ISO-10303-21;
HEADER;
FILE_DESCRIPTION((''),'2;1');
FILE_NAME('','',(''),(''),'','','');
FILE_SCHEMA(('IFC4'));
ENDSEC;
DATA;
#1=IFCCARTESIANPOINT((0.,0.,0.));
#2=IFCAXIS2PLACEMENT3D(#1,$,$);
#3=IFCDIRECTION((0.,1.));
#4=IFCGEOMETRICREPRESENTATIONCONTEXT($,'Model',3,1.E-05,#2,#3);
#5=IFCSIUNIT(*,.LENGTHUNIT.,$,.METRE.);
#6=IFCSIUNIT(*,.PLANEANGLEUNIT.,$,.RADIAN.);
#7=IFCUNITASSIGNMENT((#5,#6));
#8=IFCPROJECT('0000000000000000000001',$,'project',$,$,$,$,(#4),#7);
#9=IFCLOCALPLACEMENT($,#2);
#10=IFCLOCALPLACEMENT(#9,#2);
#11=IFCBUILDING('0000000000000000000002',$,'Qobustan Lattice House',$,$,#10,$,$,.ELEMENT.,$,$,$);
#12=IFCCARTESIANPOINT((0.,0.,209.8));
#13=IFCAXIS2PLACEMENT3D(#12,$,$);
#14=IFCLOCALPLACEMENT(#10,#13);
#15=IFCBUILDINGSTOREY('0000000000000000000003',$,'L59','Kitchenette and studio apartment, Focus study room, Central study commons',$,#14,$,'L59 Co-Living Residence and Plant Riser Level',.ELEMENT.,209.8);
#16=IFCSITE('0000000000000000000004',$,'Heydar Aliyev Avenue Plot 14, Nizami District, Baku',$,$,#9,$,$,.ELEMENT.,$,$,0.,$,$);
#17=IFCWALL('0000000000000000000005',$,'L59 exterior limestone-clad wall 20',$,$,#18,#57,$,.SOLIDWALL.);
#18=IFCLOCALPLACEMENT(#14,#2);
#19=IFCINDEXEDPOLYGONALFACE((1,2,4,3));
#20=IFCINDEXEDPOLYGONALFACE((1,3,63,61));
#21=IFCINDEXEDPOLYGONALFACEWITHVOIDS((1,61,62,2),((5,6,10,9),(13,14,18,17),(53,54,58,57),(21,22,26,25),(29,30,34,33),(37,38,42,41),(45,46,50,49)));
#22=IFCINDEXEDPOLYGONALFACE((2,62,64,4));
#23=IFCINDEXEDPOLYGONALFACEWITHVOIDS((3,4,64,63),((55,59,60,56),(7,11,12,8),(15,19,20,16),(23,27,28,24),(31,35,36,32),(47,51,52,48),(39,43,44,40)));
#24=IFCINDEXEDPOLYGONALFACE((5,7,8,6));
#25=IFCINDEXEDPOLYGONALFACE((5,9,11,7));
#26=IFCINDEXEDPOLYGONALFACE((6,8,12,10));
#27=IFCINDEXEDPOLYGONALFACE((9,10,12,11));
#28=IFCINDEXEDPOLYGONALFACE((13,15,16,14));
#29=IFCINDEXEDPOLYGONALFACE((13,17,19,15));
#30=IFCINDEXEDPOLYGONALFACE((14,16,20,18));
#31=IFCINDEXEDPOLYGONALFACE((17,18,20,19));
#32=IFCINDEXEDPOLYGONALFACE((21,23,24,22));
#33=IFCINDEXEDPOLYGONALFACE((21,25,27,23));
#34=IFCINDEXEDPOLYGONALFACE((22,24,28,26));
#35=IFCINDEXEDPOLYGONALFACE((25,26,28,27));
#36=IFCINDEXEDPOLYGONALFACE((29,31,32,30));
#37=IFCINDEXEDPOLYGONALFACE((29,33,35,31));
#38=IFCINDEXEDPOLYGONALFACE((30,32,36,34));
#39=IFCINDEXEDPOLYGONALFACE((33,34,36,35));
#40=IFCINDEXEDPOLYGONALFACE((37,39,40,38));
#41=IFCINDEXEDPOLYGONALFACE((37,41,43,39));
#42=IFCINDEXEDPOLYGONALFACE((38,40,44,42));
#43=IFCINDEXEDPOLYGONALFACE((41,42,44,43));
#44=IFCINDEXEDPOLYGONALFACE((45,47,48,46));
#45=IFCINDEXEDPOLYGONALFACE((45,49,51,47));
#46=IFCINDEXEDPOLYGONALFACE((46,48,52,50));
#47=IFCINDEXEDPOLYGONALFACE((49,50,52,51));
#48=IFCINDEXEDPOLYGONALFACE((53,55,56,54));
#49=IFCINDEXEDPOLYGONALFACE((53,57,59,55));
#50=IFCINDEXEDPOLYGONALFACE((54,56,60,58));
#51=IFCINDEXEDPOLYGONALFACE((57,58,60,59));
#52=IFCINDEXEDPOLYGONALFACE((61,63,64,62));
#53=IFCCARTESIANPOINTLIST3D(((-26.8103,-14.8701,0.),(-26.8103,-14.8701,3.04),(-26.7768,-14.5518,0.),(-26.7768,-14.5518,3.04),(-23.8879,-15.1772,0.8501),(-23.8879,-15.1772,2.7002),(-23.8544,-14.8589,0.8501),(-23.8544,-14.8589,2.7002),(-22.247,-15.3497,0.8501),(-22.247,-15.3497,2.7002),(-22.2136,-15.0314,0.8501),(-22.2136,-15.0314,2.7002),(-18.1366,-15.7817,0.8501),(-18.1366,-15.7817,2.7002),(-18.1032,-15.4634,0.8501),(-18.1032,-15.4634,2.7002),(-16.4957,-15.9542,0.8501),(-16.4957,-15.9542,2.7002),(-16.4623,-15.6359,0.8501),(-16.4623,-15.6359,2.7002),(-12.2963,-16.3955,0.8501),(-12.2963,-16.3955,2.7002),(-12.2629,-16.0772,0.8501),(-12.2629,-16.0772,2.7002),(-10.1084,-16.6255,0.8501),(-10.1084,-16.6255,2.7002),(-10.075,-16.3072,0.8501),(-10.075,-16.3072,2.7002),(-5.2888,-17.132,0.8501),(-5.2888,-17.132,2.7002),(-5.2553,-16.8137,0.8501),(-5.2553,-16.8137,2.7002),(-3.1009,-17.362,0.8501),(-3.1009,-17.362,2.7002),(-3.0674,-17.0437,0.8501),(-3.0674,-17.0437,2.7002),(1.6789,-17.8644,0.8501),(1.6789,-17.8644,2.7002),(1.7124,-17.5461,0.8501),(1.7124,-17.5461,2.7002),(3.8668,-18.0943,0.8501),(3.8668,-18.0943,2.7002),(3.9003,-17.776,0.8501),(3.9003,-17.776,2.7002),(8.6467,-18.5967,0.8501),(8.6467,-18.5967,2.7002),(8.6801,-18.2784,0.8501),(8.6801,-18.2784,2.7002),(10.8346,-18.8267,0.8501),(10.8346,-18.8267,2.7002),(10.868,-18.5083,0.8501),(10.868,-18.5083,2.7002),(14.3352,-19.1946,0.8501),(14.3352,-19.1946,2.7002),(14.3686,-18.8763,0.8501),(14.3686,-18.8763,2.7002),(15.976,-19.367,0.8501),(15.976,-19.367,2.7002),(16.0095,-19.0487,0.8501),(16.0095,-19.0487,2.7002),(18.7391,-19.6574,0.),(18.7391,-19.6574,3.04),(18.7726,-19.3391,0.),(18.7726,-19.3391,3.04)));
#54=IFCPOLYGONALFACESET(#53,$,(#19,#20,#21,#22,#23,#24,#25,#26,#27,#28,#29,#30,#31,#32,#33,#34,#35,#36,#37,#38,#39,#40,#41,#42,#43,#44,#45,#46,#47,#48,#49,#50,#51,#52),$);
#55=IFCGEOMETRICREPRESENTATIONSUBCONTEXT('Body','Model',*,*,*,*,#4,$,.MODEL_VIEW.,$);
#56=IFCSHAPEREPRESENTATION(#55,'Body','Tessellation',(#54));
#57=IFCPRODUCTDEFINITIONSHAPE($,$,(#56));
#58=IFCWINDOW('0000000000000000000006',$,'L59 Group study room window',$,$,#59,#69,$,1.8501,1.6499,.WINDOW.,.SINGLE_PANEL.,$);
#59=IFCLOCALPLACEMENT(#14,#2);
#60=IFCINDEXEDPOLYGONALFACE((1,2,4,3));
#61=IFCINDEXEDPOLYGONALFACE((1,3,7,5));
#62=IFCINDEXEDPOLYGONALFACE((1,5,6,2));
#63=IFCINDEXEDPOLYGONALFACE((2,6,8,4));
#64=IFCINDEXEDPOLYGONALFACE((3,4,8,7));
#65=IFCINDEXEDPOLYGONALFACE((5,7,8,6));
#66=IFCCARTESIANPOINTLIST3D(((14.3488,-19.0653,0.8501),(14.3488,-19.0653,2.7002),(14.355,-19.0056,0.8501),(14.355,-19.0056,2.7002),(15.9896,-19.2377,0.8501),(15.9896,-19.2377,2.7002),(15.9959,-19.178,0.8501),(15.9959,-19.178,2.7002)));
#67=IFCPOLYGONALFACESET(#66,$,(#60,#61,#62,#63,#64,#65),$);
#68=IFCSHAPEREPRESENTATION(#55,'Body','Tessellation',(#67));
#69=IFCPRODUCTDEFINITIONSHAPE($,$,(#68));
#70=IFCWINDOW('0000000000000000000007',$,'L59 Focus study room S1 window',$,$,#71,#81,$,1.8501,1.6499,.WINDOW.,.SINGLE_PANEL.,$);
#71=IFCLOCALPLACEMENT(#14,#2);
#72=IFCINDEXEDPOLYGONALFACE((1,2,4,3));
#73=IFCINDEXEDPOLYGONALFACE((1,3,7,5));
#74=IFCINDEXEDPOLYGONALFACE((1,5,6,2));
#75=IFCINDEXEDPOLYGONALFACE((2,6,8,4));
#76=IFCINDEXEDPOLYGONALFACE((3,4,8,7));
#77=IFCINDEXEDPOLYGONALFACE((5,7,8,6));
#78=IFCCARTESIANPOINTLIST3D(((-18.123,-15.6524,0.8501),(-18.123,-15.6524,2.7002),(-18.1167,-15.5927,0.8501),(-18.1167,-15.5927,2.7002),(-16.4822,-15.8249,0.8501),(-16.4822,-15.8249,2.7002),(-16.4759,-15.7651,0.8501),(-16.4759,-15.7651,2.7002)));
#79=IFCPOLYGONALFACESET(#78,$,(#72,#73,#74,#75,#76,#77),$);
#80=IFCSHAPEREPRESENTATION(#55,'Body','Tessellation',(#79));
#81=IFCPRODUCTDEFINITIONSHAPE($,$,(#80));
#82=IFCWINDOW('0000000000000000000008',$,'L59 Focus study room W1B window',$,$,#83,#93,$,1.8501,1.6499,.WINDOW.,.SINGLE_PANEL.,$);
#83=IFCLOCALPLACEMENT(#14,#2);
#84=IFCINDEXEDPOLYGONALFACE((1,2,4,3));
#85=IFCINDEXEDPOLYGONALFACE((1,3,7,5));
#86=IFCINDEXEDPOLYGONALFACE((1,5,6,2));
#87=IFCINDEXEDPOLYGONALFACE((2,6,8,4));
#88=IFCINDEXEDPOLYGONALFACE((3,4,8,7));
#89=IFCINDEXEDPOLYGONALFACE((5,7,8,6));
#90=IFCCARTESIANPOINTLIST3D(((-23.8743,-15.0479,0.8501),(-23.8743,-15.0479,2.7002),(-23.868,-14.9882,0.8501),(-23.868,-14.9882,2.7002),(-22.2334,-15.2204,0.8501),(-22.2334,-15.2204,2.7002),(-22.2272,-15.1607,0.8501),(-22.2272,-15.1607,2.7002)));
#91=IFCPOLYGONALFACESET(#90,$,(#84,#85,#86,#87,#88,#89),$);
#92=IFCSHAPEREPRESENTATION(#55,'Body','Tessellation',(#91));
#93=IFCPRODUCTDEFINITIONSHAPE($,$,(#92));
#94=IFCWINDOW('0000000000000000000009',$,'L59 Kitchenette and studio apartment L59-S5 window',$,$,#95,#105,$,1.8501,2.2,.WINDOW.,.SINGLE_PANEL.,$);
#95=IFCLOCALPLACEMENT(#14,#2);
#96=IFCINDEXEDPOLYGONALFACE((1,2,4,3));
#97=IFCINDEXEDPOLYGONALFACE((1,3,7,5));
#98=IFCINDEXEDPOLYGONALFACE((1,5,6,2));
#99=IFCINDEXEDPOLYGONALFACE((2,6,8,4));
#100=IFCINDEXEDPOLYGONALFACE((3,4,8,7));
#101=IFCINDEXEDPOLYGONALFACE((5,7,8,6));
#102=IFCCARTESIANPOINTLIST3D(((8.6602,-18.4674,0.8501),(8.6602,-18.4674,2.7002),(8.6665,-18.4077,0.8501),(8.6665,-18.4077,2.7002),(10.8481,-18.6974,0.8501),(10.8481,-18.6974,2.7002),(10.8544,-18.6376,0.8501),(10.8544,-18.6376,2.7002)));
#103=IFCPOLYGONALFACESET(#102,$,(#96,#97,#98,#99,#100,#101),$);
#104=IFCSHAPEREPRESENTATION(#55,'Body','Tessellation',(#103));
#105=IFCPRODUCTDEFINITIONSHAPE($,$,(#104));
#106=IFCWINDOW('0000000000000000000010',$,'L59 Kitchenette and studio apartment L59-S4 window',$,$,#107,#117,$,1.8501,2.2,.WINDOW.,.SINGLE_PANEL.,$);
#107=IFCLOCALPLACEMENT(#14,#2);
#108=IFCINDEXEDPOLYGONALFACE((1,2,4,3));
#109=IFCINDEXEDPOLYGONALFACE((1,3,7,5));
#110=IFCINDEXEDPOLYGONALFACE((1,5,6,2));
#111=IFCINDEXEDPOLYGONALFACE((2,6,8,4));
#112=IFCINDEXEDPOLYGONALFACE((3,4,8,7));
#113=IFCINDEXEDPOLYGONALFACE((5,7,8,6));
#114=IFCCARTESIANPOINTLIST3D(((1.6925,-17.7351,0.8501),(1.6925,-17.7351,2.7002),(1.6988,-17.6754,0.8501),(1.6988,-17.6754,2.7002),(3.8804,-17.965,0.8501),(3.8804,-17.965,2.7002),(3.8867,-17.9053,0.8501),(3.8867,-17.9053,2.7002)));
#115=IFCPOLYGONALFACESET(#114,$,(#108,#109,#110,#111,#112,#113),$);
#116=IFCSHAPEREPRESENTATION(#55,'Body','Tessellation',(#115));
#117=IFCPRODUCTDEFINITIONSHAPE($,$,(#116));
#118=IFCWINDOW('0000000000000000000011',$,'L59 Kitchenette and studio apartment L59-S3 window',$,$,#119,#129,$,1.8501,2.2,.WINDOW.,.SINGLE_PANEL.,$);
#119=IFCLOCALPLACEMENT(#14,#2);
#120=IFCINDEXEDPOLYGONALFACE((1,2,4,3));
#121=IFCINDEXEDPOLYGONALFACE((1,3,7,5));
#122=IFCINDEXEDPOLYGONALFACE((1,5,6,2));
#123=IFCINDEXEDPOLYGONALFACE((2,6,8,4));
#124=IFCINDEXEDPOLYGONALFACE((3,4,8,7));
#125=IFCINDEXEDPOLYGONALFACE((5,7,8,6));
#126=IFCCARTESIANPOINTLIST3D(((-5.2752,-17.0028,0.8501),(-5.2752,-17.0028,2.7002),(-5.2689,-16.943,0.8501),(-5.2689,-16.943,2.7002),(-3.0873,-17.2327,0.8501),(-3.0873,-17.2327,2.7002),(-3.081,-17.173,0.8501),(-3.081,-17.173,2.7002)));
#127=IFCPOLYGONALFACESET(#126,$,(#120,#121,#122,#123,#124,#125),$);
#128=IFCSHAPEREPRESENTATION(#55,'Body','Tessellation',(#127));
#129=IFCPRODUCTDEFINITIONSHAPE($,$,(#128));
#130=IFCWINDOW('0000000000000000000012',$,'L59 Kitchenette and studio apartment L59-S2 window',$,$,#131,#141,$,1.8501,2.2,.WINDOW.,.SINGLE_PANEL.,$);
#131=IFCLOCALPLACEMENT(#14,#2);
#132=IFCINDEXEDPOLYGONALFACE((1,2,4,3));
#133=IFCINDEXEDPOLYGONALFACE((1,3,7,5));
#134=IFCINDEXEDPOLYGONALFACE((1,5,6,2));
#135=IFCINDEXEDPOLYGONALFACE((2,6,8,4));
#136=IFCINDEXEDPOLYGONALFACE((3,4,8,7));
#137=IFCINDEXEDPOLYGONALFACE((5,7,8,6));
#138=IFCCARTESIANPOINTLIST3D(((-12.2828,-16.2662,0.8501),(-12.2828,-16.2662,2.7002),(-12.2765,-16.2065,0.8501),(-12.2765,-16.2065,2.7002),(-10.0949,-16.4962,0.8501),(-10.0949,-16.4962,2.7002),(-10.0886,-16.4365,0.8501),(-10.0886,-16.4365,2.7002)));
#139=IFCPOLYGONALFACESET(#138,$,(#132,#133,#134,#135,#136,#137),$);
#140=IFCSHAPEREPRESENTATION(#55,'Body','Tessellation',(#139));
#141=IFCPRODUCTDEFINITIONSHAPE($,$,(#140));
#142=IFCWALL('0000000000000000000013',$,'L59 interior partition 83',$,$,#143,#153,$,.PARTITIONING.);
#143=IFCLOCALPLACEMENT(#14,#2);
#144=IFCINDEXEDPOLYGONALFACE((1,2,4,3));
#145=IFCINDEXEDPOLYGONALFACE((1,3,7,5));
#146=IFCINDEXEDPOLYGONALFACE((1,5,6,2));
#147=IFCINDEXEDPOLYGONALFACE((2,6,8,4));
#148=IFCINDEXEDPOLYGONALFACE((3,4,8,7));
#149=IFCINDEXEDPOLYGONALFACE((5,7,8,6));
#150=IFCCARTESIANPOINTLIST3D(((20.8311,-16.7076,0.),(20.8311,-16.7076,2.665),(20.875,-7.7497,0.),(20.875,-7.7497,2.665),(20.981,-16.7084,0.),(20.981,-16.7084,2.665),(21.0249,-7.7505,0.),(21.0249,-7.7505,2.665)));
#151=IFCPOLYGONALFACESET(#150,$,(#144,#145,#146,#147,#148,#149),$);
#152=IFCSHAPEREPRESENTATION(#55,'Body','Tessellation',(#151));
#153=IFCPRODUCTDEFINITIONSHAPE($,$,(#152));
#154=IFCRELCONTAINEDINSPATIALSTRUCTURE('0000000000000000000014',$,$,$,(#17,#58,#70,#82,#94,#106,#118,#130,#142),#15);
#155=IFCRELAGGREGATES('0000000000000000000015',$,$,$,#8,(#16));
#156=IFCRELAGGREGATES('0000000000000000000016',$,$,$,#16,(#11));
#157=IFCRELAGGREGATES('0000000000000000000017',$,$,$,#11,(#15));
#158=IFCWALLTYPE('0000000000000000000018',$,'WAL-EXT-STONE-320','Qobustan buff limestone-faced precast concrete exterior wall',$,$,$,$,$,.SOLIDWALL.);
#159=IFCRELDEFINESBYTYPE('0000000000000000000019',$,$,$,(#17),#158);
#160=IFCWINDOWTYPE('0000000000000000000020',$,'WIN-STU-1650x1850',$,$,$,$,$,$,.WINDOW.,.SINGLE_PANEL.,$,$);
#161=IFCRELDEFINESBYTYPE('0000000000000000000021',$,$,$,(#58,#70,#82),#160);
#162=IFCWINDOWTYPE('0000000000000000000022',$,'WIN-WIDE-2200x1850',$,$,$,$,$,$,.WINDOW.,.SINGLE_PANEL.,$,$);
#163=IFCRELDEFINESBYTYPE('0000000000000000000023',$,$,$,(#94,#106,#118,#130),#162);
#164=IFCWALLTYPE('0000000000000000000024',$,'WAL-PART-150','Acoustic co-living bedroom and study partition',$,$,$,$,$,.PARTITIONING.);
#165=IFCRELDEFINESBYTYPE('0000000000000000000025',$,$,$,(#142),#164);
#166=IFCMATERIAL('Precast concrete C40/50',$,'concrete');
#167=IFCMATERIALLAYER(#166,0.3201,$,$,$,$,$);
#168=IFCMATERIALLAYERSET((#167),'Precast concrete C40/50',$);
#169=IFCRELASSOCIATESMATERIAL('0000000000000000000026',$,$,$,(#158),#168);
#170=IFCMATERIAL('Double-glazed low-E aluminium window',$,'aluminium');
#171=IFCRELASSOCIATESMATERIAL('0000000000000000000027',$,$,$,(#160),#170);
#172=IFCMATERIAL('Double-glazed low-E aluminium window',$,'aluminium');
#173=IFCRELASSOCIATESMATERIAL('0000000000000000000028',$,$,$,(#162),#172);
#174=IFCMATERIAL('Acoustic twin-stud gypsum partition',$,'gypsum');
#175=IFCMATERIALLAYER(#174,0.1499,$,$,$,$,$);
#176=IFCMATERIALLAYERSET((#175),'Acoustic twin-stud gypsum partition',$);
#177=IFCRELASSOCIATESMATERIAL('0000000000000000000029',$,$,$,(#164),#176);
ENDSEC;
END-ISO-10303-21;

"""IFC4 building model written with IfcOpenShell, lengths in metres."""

from ifc_helpers import new_model, si_unit, direction, frame, frame_2d, origin, place, context, subcontext, project, spatial, rectangle, extrude, material, layer, layer_set, type_object, element, fill, save


model = new_model("IFC4")

# Units and contexts
model_context = context("Model", 3, precision=1e-05, world=origin(), true_north=direction((0.0, 1.0)))
body_context = subcontext(model_context, "Body", "Model", "MODEL_VIEW")
ifc_project = project(units=[si_unit("LENGTHUNIT", "METRE"), si_unit("PLANEANGLEUNIT", "RADIAN")], contexts=[model_context])

# Site, building, storey
site_placement = place(None, origin())
site = spatial("IfcSite", under=ifc_project, at=site_placement, Name="Heydar Aliyev Avenue Plot 14, Nizami District, Baku", CompositionType="ELEMENT", RefElevation=0.0)
building_placement = place(site_placement, origin())
building = spatial("IfcBuilding", under=site, at=building_placement, Name="Qobustan Lattice House", CompositionType="ELEMENT")
storey_placement = place(building_placement, frame((0.0, 0.0, 209.8)))
storey = spatial("IfcBuildingStorey", under=building, at=storey_placement, Name="L59", Description="Kitchenette and studio apartment, Focus study room, Central study commons", LongName="L59 Co-Living Residence and Plant Riser Level", CompositionType="ELEMENT", Elevation=209.8)

# Shared definitions
ifc_material_1 = material(Name="Precast concrete C40/50", Category="concrete")
ifc_layer_1 = layer(ifc_material_1, 0.3201)
ifc_layer_set_1 = layer_set([ifc_layer_1], Name="Precast concrete C40/50")
wall_type_1 = type_object("IfcWallType", Name="WAL-EXT-STONE-320", Description="Qobustan buff limestone-faced precast concrete exterior wall", PredefinedType="SOLIDWALL", material=ifc_layer_set_1)

# Wall, openings, windows
wall_1_placement = place(storey_placement, frame((18.7559, -19.4983, 0.0), z_axis=(0.0, 0.0, 1.0), x_axis=(-0.994522, 0.104527, 0.0)))
wall_1 = element("IfcWall", 1, at=wall_1_placement, inside=storey, type_object=wall_type_1, Name="L59 exterior limestone-clad wall 20", PredefinedType="SOLIDWALL", context=body_context, shape_type="SweptSolid", body=[
    extrude(rectangle(XDim=45.8003, YDim=0.3201, at=frame_2d((22.9001, 0.0))), origin(), (0.0, 0.0, 1.0), 3.04),
])
opening_1_placement = place(wall_1_placement, frame((2.7783, 0.0, 0.8501)))
opening_1 = element("IfcOpeningElement", 2, at=opening_1_placement, cuts=wall_1, PredefinedType="OPENING", context=body_context, shape_type="SweptSolid", body=[
    extrude(rectangle(XDim=1.6499, YDim=1.8501, at=frame_2d((0.825, 0.925))), frame((0.0, 0.1699, 0.0), z_axis=(0.0, -1.0, 0.0), x_axis=(1.0, 0.0, 0.0)), (0.0, 0.0, 1.0), 0.3401),
])
opening_2_placement = place(wall_1_placement, frame((7.948, 0.0, 0.8501)))
opening_2 = element("IfcOpeningElement", 3, at=opening_2_placement, cuts=wall_1, PredefinedType="OPENING", context=body_context, shape_type="SweptSolid", body=[
    extrude(rectangle(XDim=2.2, YDim=1.8501, at=frame_2d((1.1001, 0.925))), frame((0.0, 0.1699, 0.0), z_axis=(0.0, -1.0, 0.0), x_axis=(1.0, 0.0, 0.0)), (0.0, 0.0, 1.0), 0.3401),
])
opening_3_placement = place(wall_1_placement, frame((14.9541, 0.0, 0.8501)))
opening_3 = element("IfcOpeningElement", 4, at=opening_3_placement, cuts=wall_1, PredefinedType="OPENING", context=body_context, shape_type="SweptSolid", body=[
    extrude(rectangle(XDim=2.2, YDim=1.8501, at=frame_2d((1.1001, 0.925))), frame((0.0, 0.1699, 0.0), z_axis=(0.0, -1.0, 0.0), x_axis=(1.0, 0.0, 0.0)), (0.0, 0.0, 1.0), 0.3401),
])
opening_4_placement = place(wall_1_placement, frame((21.9602, 0.0, 0.8501)))
opening_4 = element("IfcOpeningElement", 5, at=opening_4_placement, cuts=wall_1, PredefinedType="OPENING", context=body_context, shape_type="SweptSolid", body=[
    extrude(rectangle(XDim=2.2, YDim=1.8501, at=frame_2d((1.1001, 0.925))), frame((0.0, 0.1699, 0.0), z_axis=(0.0, -1.0, 0.0), x_axis=(1.0, 0.0, 0.0)), (0.0, 0.0, 1.0), 0.3401),
])
opening_5_placement = place(wall_1_placement, frame((29.0063, 0.0, 0.8501)))
opening_5 = element("IfcOpeningElement", 6, at=opening_5_placement, cuts=wall_1, PredefinedType="OPENING", context=body_context, shape_type="SweptSolid", body=[
    extrude(rectangle(XDim=2.2, YDim=1.8501, at=frame_2d((1.1001, 0.925))), frame((0.0, 0.1699, 0.0), z_axis=(0.0, -1.0, 0.0), x_axis=(1.0, 0.0, 0.0)), (0.0, 0.0, 1.0), 0.3401),
])
opening_6_placement = place(wall_1_placement, frame((35.429, 0.0, 0.8501)))
opening_6 = element("IfcOpeningElement", 7, at=opening_6_placement, cuts=wall_1, PredefinedType="OPENING", context=body_context, shape_type="SweptSolid", body=[
    extrude(rectangle(XDim=1.6499, YDim=1.8501, at=frame_2d((0.825, 0.925))), frame((0.0, 0.1699, 0.0), z_axis=(0.0, -1.0, 0.0), x_axis=(1.0, 0.0, 0.0)), (0.0, 0.0, 1.0), 0.3401),
])
opening_7_placement = place(wall_1_placement, frame((41.2119, 0.0, 0.8501)))
opening_7 = element("IfcOpeningElement", 8, at=opening_7_placement, cuts=wall_1, PredefinedType="OPENING", context=body_context, shape_type="SweptSolid", body=[
    extrude(rectangle(XDim=1.6499, YDim=1.8501, at=frame_2d((0.825, 0.925))), frame((0.0, 0.1699, 0.0), z_axis=(0.0, -1.0, 0.0), x_axis=(1.0, 0.0, 0.0)), (0.0, 0.0, 1.0), 0.3401),
])
ifc_material_2 = material(Name="Double-glazed low-E aluminium window", Category="aluminium")
window_type_1 = type_object("IfcWindowType", Name="WIN-STU-1650x1850", PartitioningType="SINGLE_PANEL", PredefinedType="WINDOW", material=ifc_material_2)
window_1_placement = place(opening_1_placement, origin())
window_1 = element("IfcWindow", 9, at=window_1_placement, inside=storey, type_object=window_type_1, Name="L59 Group study room window", OverallHeight=1.8501, OverallWidth=1.6499, PartitioningType="SINGLE_PANEL", PredefinedType="WINDOW", context=body_context, shape_type="SweptSolid", body=[
    extrude(rectangle(XDim=1.6499, YDim=1.8501, at=frame_2d((0.825, 0.925))), frame((0.0, 0.03, 0.0), z_axis=(0.0, -1.0, 0.0), x_axis=(1.0, 0.0, 0.0)), (0.0, 0.0, 1.0), 0.0601),
])
fill(opening_1, window_1)
window_2_placement = place(opening_6_placement, origin())
window_2 = element("IfcWindow", 10, at=window_2_placement, inside=storey, type_object=window_type_1, Name="L59 Focus study room S1 window", OverallHeight=1.8501, OverallWidth=1.6499, PartitioningType="SINGLE_PANEL", PredefinedType="WINDOW", context=body_context, shape_type="SweptSolid", body=[
    extrude(rectangle(XDim=1.6499, YDim=1.8501, at=frame_2d((0.825, 0.925))), frame((0.0, 0.03, 0.0), z_axis=(0.0, -1.0, 0.0), x_axis=(1.0, 0.0, 0.0)), (0.0, 0.0, 1.0), 0.0601),
])
fill(opening_6, window_2)
window_3_placement = place(opening_7_placement, origin())
window_3 = element("IfcWindow", 11, at=window_3_placement, inside=storey, type_object=window_type_1, Name="L59 Focus study room W1B window", OverallHeight=1.8501, OverallWidth=1.6499, PartitioningType="SINGLE_PANEL", PredefinedType="WINDOW", context=body_context, shape_type="SweptSolid", body=[
    extrude(rectangle(XDim=1.6499, YDim=1.8501, at=frame_2d((0.825, 0.925))), frame((0.0, 0.03, 0.0), z_axis=(0.0, -1.0, 0.0), x_axis=(1.0, 0.0, 0.0)), (0.0, 0.0, 1.0), 0.0601),
])
fill(opening_7, window_3)
ifc_material_3 = material(Name="Double-glazed low-E aluminium window", Category="aluminium")
window_type_2 = type_object("IfcWindowType", Name="WIN-WIDE-2200x1850", PartitioningType="SINGLE_PANEL", PredefinedType="WINDOW", material=ifc_material_3)
window_4_placement = place(opening_2_placement, origin())
window_4 = element("IfcWindow", 12, at=window_4_placement, inside=storey, type_object=window_type_2, Name="L59 Kitchenette and studio apartment L59-S5 window", OverallHeight=1.8501, OverallWidth=2.2, PartitioningType="SINGLE_PANEL", PredefinedType="WINDOW", context=body_context, shape_type="SweptSolid", body=[
    extrude(rectangle(XDim=2.2, YDim=1.8501, at=frame_2d((1.1001, 0.925))), frame((0.0, 0.03, 0.0), z_axis=(0.0, -1.0, 0.0), x_axis=(1.0, 0.0, 0.0)), (0.0, 0.0, 1.0), 0.0601),
])
fill(opening_2, window_4)
window_5_placement = place(opening_3_placement, origin())
window_5 = element("IfcWindow", 13, at=window_5_placement, inside=storey, type_object=window_type_2, Name="L59 Kitchenette and studio apartment L59-S4 window", OverallHeight=1.8501, OverallWidth=2.2, PartitioningType="SINGLE_PANEL", PredefinedType="WINDOW", context=body_context, shape_type="SweptSolid", body=[
    extrude(rectangle(XDim=2.2, YDim=1.8501, at=frame_2d((1.1001, 0.925))), frame((0.0, 0.03, 0.0), z_axis=(0.0, -1.0, 0.0), x_axis=(1.0, 0.0, 0.0)), (0.0, 0.0, 1.0), 0.0601),
])
fill(opening_3, window_5)
window_6_placement = place(opening_4_placement, origin())
window_6 = element("IfcWindow", 14, at=window_6_placement, inside=storey, type_object=window_type_2, Name="L59 Kitchenette and studio apartment L59-S3 window", OverallHeight=1.8501, OverallWidth=2.2, PartitioningType="SINGLE_PANEL", PredefinedType="WINDOW", context=body_context, shape_type="SweptSolid", body=[
    extrude(rectangle(XDim=2.2, YDim=1.8501, at=frame_2d((1.1001, 0.925))), frame((0.0, 0.03, 0.0), z_axis=(0.0, -1.0, 0.0), x_axis=(1.0, 0.0, 0.0)), (0.0, 0.0, 1.0), 0.0601),
])
fill(opening_4, window_6)
window_7_placement = place(opening_5_placement, origin())
window_7 = element("IfcWindow", 15, at=window_7_placement, inside=storey, type_object=window_type_2, Name="L59 Kitchenette and studio apartment L59-S2 window", OverallHeight=1.8501, OverallWidth=2.2, PartitioningType="SINGLE_PANEL", PredefinedType="WINDOW", context=body_context, shape_type="SweptSolid", body=[
    extrude(rectangle(XDim=2.2, YDim=1.8501, at=frame_2d((1.1001, 0.925))), frame((0.0, 0.03, 0.0), z_axis=(0.0, -1.0, 0.0), x_axis=(1.0, 0.0, 0.0)), (0.0, 0.0, 1.0), 0.0601),
])
fill(opening_5, window_7)

# Wall
ifc_material_4 = material(Name="Acoustic twin-stud gypsum partition", Category="gypsum")
ifc_layer_2 = layer(ifc_material_4, 0.1499)
ifc_layer_set_2 = layer_set([ifc_layer_2], Name="Acoustic twin-stud gypsum partition")
wall_type_2 = type_object("IfcWallType", Name="WAL-PART-150", Description="Acoustic co-living bedroom and study partition", PredefinedType="PARTITIONING", material=ifc_layer_set_2)
wall_2_placement = place(storey_placement, frame((20.906, -16.708, 0.0), z_axis=(0.0, 0.0, 1.0), x_axis=(0.004906, 0.999988, 0.0)))
element("IfcWall", 16, at=wall_2_placement, inside=storey, type_object=wall_type_2, Name="L59 interior partition 83", PredefinedType="PARTITIONING", context=body_context, shape_type="SweptSolid", body=[
    extrude(rectangle(XDim=8.958, YDim=0.1499, at=frame_2d((4.479, 0.0))), origin(), (0.0, 0.0, 1.0), 2.665),
])

save(model, "model.ifc")
